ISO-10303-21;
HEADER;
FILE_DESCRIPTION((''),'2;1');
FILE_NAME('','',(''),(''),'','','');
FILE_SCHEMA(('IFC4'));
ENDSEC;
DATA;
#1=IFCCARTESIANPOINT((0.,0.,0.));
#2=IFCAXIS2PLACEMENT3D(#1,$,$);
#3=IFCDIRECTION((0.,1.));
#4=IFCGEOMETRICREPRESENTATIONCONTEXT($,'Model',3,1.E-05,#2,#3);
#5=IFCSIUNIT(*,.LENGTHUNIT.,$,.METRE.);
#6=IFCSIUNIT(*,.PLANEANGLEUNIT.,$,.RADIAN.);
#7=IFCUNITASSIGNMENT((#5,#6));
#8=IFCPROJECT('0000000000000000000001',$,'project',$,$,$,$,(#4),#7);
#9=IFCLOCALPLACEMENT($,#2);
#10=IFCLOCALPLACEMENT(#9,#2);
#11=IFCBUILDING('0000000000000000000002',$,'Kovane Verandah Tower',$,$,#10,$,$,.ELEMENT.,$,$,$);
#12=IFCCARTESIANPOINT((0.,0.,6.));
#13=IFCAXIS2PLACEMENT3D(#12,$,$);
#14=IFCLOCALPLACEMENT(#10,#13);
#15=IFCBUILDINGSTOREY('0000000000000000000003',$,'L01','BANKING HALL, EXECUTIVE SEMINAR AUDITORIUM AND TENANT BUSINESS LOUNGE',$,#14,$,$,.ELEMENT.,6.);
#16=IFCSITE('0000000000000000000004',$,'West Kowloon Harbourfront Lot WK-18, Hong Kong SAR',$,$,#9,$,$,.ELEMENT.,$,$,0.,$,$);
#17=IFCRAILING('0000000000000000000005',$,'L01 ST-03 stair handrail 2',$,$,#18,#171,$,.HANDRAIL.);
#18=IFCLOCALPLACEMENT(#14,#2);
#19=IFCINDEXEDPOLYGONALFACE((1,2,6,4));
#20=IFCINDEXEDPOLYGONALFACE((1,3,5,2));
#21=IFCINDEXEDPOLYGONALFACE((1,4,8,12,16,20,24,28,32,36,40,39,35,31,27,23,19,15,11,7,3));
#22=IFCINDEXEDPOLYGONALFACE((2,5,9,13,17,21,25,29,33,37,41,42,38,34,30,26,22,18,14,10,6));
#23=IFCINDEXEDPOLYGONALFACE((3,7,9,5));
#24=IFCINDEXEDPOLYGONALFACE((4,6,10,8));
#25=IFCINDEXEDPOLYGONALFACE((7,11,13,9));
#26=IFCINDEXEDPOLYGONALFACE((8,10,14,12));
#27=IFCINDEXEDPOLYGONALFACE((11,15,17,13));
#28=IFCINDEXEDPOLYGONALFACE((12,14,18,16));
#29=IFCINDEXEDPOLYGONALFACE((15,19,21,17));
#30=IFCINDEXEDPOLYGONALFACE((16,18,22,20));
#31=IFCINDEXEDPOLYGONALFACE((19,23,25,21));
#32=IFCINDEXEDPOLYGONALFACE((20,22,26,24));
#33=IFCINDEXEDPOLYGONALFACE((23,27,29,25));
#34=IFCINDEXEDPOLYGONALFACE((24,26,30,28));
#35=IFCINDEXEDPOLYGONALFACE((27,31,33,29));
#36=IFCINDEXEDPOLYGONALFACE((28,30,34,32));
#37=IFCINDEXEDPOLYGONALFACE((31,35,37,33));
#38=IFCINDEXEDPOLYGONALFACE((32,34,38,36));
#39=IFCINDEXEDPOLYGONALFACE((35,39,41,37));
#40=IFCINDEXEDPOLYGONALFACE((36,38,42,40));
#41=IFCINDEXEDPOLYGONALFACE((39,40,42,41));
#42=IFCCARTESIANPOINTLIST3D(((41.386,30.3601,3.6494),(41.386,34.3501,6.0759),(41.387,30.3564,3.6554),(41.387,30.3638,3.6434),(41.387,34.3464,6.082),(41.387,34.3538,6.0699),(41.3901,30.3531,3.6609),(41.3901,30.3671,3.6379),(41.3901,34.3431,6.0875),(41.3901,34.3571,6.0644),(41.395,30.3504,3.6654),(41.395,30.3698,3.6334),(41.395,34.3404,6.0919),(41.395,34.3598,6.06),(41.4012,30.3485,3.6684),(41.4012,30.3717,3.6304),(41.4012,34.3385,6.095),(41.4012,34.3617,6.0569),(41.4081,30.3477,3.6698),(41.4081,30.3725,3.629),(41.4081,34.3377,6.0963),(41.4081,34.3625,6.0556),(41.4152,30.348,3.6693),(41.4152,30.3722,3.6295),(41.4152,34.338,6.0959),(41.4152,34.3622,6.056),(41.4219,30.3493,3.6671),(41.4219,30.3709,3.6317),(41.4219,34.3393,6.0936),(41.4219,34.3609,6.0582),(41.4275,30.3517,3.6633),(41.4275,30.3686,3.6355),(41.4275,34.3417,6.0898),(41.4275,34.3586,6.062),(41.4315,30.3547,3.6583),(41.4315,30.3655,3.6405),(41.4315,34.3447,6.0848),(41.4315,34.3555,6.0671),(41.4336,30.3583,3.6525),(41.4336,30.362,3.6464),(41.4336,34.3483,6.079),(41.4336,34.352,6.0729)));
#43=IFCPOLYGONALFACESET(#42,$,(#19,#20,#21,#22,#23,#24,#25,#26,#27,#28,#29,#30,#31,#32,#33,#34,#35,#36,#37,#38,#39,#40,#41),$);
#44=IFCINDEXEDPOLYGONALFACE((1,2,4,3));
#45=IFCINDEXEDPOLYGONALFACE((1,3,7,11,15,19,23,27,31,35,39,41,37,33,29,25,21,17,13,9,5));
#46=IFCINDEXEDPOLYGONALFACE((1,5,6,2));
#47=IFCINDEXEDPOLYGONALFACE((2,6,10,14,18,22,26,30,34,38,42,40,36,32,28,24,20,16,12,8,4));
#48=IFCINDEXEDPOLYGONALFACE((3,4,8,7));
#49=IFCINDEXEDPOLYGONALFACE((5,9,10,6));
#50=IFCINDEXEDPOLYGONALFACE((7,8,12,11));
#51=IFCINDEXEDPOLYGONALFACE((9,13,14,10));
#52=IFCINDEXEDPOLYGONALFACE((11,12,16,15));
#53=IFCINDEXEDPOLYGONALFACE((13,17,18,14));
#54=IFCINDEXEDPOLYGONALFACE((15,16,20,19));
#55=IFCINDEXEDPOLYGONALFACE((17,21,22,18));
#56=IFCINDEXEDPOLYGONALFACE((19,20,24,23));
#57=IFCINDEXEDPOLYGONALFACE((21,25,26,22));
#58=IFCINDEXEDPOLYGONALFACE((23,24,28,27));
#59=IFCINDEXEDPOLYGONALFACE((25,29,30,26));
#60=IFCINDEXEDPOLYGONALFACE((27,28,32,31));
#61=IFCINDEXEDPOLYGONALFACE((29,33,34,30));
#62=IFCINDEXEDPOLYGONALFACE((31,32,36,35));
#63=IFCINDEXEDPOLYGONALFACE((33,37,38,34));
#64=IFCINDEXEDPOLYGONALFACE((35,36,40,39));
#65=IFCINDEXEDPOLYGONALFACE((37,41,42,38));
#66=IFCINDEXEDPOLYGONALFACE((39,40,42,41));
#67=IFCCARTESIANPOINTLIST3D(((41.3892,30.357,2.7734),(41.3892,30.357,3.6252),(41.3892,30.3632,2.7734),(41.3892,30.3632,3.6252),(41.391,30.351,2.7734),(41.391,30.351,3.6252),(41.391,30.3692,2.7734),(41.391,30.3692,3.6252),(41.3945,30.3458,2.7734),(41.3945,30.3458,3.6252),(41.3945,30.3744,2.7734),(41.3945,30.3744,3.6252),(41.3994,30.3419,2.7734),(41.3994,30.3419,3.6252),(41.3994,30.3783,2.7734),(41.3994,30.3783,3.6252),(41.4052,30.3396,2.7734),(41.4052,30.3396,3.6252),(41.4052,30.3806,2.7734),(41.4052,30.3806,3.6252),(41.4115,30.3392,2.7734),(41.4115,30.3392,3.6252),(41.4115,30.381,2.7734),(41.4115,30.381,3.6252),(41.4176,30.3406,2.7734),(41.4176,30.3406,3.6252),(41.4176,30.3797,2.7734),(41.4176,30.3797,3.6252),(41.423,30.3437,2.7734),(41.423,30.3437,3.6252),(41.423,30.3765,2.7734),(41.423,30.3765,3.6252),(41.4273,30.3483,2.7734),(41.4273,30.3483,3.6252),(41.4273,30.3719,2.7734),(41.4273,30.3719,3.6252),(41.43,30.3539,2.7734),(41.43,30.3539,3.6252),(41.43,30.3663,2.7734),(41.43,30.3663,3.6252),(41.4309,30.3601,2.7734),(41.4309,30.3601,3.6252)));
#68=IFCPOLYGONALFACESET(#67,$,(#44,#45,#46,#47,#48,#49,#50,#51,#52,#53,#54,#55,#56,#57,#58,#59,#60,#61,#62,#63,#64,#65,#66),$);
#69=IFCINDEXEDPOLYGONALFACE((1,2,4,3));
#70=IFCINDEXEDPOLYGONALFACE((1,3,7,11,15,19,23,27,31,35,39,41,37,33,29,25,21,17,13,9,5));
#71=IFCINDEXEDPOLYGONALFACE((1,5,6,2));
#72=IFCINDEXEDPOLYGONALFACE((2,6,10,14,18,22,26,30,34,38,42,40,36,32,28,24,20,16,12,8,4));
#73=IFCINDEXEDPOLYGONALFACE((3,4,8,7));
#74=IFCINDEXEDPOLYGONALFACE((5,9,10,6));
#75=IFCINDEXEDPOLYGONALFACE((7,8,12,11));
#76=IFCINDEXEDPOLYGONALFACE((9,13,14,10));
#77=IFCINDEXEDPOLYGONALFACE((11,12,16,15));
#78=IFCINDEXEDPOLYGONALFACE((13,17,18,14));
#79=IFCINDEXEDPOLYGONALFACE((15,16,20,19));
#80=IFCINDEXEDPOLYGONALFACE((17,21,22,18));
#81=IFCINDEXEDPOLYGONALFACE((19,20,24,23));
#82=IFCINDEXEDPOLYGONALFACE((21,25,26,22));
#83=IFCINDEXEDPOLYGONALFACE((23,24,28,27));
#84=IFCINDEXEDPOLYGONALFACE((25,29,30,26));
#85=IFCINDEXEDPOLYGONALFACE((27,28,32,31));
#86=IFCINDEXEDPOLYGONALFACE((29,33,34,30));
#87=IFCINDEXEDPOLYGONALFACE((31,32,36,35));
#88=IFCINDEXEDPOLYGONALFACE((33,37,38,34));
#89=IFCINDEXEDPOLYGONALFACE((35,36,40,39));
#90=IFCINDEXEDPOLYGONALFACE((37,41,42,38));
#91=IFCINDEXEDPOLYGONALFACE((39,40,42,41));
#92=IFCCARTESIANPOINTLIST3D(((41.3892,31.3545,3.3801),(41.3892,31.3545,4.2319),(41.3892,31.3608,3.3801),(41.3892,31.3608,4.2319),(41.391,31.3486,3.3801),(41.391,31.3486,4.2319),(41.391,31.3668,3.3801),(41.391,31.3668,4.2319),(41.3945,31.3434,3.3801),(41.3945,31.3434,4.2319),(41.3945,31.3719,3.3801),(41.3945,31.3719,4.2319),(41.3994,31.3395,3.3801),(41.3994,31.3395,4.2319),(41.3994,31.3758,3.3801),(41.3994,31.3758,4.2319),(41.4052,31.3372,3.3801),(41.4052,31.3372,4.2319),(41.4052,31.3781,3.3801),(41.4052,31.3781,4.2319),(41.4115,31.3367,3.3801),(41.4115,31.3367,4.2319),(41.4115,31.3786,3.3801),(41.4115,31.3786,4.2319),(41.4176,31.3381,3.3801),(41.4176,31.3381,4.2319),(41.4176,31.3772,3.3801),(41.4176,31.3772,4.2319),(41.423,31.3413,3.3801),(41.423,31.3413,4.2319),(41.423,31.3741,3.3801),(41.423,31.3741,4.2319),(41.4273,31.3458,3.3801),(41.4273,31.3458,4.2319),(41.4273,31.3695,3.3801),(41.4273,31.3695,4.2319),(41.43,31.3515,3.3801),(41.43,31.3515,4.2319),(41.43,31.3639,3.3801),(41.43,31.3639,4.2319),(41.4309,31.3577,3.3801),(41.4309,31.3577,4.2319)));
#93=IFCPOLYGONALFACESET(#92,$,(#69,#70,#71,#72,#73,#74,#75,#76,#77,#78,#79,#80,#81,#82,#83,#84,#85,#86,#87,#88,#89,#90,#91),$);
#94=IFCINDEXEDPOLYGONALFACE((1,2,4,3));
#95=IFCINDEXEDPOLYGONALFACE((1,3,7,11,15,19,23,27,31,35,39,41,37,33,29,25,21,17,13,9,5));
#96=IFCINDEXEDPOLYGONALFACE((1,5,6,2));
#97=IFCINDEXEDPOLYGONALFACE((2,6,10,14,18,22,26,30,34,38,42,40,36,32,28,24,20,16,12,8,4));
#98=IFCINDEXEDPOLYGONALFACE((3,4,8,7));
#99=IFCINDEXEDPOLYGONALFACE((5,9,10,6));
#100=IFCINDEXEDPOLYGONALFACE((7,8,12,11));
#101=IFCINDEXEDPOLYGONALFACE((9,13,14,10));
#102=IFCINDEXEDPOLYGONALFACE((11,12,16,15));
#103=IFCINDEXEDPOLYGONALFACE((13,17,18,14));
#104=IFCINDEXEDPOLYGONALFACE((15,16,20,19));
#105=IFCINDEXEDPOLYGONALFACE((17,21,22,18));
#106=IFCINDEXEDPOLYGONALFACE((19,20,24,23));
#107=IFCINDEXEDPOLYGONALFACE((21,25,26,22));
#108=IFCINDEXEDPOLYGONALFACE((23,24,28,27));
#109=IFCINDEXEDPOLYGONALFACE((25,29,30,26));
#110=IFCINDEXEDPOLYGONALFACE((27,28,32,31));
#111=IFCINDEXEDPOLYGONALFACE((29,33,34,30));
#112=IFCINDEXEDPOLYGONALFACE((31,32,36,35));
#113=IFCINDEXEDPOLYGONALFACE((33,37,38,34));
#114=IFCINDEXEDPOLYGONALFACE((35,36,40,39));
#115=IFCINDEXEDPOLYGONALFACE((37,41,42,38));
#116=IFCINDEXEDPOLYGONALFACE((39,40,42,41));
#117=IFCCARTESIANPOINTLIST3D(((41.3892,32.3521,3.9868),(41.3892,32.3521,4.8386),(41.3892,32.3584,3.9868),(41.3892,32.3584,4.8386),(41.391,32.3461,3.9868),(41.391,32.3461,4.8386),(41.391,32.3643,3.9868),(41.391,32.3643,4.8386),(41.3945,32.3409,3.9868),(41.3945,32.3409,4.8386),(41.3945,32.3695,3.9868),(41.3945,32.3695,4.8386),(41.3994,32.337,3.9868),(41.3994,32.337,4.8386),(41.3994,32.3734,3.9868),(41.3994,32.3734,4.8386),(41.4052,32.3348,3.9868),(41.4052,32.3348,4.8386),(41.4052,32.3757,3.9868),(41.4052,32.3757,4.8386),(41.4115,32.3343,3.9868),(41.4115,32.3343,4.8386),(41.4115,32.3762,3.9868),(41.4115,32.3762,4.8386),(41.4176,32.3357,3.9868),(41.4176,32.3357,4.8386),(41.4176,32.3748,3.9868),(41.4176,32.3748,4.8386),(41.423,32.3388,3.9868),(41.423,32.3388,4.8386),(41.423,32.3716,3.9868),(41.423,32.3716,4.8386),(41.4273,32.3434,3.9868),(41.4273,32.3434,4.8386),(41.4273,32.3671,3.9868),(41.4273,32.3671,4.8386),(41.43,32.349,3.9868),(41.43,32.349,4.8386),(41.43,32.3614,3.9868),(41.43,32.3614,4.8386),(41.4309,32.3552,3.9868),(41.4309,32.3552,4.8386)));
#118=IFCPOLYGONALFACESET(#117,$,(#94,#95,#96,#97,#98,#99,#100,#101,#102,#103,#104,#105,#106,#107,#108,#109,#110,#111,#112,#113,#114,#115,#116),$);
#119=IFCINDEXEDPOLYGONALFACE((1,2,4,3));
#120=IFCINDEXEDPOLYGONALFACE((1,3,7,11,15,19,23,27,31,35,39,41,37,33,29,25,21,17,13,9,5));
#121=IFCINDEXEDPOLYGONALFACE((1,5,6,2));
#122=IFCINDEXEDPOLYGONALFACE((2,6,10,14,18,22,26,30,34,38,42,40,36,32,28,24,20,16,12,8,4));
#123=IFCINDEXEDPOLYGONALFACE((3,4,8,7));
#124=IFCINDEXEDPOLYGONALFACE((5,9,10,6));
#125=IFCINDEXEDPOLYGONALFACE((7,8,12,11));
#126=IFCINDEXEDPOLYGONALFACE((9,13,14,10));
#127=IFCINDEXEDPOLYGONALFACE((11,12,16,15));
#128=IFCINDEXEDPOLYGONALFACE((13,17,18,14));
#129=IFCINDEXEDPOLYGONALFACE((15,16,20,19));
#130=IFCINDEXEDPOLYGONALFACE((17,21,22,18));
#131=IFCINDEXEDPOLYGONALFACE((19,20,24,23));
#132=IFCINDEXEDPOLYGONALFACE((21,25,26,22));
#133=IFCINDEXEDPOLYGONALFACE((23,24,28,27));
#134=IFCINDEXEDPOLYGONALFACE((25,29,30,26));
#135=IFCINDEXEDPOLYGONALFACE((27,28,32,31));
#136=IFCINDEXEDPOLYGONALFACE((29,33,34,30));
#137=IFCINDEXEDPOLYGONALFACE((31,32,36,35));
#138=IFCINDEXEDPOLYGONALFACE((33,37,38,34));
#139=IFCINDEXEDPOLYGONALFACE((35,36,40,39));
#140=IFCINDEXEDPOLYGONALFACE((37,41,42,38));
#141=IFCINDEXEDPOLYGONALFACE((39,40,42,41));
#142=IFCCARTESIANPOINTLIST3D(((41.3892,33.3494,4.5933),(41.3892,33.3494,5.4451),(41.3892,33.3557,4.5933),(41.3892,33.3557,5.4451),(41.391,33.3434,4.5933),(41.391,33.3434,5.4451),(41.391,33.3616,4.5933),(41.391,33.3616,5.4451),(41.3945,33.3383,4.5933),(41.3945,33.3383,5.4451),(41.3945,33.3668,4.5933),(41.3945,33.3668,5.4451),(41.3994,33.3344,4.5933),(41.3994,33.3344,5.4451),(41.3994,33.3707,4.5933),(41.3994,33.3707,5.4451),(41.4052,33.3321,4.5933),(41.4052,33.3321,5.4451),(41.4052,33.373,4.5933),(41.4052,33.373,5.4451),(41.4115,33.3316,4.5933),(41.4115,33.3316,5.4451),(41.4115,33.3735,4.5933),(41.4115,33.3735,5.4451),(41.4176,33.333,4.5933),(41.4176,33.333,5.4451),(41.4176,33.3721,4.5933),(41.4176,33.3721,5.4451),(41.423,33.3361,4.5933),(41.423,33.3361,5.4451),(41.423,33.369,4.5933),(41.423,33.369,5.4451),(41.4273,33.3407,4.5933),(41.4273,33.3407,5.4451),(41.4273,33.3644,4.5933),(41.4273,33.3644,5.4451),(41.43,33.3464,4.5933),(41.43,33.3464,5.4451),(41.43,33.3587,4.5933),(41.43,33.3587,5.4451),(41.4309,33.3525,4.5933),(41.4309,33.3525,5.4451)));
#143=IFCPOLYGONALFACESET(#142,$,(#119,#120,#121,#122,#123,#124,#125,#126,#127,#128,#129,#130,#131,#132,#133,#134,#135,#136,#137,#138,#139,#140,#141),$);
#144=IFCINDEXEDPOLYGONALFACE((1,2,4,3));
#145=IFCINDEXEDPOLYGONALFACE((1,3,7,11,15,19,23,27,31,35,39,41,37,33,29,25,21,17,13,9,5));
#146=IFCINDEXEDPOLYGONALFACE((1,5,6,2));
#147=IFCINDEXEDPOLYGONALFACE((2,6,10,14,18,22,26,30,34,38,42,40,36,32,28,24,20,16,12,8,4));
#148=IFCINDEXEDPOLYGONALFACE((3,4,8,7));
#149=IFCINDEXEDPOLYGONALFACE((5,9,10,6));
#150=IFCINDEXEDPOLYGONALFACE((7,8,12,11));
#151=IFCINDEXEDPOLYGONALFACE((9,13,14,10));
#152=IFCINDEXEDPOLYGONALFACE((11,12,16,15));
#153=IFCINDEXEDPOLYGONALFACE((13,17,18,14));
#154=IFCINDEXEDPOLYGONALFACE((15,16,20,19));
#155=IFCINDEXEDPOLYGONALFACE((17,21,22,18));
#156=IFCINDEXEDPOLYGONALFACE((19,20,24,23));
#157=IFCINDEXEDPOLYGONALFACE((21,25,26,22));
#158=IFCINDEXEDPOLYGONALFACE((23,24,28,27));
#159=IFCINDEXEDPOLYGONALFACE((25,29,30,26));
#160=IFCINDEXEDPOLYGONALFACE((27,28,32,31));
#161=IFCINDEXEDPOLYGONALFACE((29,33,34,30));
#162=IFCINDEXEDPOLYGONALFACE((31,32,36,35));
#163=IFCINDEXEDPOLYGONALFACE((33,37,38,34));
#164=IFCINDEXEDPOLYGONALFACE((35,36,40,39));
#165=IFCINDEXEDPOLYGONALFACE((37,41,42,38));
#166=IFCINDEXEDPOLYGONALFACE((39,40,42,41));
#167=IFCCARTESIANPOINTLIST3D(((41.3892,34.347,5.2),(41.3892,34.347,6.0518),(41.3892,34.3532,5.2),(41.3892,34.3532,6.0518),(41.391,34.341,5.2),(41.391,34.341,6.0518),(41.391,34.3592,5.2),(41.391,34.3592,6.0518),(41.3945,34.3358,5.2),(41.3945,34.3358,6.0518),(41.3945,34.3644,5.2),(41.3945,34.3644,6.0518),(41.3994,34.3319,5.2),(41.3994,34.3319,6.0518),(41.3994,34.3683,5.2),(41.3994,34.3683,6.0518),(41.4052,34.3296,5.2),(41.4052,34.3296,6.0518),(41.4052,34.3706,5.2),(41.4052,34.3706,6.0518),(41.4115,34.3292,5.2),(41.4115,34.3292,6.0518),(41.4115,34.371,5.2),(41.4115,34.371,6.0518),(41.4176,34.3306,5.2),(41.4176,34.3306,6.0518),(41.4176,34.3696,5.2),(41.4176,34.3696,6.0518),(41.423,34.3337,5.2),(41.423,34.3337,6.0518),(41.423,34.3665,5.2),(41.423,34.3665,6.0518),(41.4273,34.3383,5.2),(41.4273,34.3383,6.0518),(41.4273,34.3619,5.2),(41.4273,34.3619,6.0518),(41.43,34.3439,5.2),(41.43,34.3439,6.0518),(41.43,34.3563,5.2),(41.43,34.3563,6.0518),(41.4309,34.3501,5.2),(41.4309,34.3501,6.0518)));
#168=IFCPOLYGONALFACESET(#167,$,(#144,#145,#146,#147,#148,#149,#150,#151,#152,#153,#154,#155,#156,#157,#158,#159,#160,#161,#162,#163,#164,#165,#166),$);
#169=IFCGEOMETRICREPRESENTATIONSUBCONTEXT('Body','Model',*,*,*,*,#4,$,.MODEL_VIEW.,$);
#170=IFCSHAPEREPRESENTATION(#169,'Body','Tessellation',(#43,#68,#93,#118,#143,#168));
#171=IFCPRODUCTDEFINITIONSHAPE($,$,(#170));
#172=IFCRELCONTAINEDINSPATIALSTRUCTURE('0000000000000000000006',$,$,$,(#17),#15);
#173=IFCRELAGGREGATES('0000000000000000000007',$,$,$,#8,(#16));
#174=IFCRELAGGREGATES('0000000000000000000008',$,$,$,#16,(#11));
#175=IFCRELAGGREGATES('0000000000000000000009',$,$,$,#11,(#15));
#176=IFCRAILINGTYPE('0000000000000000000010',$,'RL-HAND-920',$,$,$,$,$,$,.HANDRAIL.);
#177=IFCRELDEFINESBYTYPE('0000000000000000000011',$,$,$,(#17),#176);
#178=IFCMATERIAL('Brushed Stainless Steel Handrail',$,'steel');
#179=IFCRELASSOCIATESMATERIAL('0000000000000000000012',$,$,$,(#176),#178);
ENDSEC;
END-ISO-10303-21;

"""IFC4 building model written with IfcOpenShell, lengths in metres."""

from ifc_helpers import new_model, si_unit, direction, frame, origin, origin_2d, place, context, subcontext, project, spatial, circle, extrude, material, type_object, element, save


model = new_model("IFC4")

# Units and contexts
model_context = context("Model", 3, precision=1e-05, world=origin(), true_north=direction((0.0, 1.0)))
body_context = subcontext(model_context, "Body", "Model", "MODEL_VIEW")
ifc_project = project(units=[si_unit("LENGTHUNIT", "METRE"), si_unit("PLANEANGLEUNIT", "RADIAN")], contexts=[model_context])

# Site, building, storey
site_placement = place(None, origin())
site = spatial("IfcSite", under=ifc_project, at=site_placement, Name="West Kowloon Harbourfront Lot WK-18, Hong Kong SAR", CompositionType="ELEMENT", RefElevation=0.0)
building_placement = place(site_placement, origin())
building = spatial("IfcBuilding", under=site, at=building_placement, Name="Kovane Verandah Tower", CompositionType="ELEMENT")
storey_placement = place(building_placement, frame((0.0, 0.0, 6.0)))
storey = spatial("IfcBuildingStorey", under=building, at=storey_placement, Name="L01", Description="BANKING HALL, EXECUTIVE SEMINAR AUDITORIUM AND TENANT BUSINESS LOUNGE", CompositionType="ELEMENT", Elevation=6.0)

# Railing
ifc_material_1 = material(Name="Brushed Stainless Steel Handrail", Category="steel")
railing_type_1 = type_object("IfcRailingType", Name="RL-HAND-920", PredefinedType="HANDRAIL", material=ifc_material_1)
railing_1_placement = place(storey_placement, frame((41.4099, 30.3601, 2.7734)))
element("IfcRailing", 1, at=railing_1_placement, inside=storey, type_object=railing_type_1, Name="L01 ST-03 stair handrail 2", PredefinedType="HANDRAIL", context=body_context, shape_type="SweptSolid", body=[
    extrude(circle(Radius=0.0239, at=origin_2d()), frame((0.0, 0.0, 0.876), z_axis=(0.0, 0.854405, 0.519607), x_axis=(-1.0, 0.0, 0.0)), (0.0, 0.0, 1.0), 4.6699),
    extrude(circle(Radius=0.021, at=origin_2d()), origin(), (0.0, 0.0, 1.0), 0.8518),
    extrude(circle(Radius=0.021, at=origin_2d()), frame((0.0, 0.9976, 0.6067)), (0.0, 0.0, 1.0), 0.8518),
    extrude(circle(Radius=0.021, at=origin_2d()), frame((0.0, 1.9951, 1.2134)), (0.0, 0.0, 1.0), 0.8518),
    extrude(circle(Radius=0.021, at=origin_2d()), frame((0.0, 2.9924, 1.8198)), (0.0, 0.0, 1.0), 0.8518),
    extrude(circle(Radius=0.021, at=origin_2d()), frame((0.0, 3.99, 2.4265)), (0.0, 0.0, 1.0), 0.8518),
])

save(model, "model.ifc")
